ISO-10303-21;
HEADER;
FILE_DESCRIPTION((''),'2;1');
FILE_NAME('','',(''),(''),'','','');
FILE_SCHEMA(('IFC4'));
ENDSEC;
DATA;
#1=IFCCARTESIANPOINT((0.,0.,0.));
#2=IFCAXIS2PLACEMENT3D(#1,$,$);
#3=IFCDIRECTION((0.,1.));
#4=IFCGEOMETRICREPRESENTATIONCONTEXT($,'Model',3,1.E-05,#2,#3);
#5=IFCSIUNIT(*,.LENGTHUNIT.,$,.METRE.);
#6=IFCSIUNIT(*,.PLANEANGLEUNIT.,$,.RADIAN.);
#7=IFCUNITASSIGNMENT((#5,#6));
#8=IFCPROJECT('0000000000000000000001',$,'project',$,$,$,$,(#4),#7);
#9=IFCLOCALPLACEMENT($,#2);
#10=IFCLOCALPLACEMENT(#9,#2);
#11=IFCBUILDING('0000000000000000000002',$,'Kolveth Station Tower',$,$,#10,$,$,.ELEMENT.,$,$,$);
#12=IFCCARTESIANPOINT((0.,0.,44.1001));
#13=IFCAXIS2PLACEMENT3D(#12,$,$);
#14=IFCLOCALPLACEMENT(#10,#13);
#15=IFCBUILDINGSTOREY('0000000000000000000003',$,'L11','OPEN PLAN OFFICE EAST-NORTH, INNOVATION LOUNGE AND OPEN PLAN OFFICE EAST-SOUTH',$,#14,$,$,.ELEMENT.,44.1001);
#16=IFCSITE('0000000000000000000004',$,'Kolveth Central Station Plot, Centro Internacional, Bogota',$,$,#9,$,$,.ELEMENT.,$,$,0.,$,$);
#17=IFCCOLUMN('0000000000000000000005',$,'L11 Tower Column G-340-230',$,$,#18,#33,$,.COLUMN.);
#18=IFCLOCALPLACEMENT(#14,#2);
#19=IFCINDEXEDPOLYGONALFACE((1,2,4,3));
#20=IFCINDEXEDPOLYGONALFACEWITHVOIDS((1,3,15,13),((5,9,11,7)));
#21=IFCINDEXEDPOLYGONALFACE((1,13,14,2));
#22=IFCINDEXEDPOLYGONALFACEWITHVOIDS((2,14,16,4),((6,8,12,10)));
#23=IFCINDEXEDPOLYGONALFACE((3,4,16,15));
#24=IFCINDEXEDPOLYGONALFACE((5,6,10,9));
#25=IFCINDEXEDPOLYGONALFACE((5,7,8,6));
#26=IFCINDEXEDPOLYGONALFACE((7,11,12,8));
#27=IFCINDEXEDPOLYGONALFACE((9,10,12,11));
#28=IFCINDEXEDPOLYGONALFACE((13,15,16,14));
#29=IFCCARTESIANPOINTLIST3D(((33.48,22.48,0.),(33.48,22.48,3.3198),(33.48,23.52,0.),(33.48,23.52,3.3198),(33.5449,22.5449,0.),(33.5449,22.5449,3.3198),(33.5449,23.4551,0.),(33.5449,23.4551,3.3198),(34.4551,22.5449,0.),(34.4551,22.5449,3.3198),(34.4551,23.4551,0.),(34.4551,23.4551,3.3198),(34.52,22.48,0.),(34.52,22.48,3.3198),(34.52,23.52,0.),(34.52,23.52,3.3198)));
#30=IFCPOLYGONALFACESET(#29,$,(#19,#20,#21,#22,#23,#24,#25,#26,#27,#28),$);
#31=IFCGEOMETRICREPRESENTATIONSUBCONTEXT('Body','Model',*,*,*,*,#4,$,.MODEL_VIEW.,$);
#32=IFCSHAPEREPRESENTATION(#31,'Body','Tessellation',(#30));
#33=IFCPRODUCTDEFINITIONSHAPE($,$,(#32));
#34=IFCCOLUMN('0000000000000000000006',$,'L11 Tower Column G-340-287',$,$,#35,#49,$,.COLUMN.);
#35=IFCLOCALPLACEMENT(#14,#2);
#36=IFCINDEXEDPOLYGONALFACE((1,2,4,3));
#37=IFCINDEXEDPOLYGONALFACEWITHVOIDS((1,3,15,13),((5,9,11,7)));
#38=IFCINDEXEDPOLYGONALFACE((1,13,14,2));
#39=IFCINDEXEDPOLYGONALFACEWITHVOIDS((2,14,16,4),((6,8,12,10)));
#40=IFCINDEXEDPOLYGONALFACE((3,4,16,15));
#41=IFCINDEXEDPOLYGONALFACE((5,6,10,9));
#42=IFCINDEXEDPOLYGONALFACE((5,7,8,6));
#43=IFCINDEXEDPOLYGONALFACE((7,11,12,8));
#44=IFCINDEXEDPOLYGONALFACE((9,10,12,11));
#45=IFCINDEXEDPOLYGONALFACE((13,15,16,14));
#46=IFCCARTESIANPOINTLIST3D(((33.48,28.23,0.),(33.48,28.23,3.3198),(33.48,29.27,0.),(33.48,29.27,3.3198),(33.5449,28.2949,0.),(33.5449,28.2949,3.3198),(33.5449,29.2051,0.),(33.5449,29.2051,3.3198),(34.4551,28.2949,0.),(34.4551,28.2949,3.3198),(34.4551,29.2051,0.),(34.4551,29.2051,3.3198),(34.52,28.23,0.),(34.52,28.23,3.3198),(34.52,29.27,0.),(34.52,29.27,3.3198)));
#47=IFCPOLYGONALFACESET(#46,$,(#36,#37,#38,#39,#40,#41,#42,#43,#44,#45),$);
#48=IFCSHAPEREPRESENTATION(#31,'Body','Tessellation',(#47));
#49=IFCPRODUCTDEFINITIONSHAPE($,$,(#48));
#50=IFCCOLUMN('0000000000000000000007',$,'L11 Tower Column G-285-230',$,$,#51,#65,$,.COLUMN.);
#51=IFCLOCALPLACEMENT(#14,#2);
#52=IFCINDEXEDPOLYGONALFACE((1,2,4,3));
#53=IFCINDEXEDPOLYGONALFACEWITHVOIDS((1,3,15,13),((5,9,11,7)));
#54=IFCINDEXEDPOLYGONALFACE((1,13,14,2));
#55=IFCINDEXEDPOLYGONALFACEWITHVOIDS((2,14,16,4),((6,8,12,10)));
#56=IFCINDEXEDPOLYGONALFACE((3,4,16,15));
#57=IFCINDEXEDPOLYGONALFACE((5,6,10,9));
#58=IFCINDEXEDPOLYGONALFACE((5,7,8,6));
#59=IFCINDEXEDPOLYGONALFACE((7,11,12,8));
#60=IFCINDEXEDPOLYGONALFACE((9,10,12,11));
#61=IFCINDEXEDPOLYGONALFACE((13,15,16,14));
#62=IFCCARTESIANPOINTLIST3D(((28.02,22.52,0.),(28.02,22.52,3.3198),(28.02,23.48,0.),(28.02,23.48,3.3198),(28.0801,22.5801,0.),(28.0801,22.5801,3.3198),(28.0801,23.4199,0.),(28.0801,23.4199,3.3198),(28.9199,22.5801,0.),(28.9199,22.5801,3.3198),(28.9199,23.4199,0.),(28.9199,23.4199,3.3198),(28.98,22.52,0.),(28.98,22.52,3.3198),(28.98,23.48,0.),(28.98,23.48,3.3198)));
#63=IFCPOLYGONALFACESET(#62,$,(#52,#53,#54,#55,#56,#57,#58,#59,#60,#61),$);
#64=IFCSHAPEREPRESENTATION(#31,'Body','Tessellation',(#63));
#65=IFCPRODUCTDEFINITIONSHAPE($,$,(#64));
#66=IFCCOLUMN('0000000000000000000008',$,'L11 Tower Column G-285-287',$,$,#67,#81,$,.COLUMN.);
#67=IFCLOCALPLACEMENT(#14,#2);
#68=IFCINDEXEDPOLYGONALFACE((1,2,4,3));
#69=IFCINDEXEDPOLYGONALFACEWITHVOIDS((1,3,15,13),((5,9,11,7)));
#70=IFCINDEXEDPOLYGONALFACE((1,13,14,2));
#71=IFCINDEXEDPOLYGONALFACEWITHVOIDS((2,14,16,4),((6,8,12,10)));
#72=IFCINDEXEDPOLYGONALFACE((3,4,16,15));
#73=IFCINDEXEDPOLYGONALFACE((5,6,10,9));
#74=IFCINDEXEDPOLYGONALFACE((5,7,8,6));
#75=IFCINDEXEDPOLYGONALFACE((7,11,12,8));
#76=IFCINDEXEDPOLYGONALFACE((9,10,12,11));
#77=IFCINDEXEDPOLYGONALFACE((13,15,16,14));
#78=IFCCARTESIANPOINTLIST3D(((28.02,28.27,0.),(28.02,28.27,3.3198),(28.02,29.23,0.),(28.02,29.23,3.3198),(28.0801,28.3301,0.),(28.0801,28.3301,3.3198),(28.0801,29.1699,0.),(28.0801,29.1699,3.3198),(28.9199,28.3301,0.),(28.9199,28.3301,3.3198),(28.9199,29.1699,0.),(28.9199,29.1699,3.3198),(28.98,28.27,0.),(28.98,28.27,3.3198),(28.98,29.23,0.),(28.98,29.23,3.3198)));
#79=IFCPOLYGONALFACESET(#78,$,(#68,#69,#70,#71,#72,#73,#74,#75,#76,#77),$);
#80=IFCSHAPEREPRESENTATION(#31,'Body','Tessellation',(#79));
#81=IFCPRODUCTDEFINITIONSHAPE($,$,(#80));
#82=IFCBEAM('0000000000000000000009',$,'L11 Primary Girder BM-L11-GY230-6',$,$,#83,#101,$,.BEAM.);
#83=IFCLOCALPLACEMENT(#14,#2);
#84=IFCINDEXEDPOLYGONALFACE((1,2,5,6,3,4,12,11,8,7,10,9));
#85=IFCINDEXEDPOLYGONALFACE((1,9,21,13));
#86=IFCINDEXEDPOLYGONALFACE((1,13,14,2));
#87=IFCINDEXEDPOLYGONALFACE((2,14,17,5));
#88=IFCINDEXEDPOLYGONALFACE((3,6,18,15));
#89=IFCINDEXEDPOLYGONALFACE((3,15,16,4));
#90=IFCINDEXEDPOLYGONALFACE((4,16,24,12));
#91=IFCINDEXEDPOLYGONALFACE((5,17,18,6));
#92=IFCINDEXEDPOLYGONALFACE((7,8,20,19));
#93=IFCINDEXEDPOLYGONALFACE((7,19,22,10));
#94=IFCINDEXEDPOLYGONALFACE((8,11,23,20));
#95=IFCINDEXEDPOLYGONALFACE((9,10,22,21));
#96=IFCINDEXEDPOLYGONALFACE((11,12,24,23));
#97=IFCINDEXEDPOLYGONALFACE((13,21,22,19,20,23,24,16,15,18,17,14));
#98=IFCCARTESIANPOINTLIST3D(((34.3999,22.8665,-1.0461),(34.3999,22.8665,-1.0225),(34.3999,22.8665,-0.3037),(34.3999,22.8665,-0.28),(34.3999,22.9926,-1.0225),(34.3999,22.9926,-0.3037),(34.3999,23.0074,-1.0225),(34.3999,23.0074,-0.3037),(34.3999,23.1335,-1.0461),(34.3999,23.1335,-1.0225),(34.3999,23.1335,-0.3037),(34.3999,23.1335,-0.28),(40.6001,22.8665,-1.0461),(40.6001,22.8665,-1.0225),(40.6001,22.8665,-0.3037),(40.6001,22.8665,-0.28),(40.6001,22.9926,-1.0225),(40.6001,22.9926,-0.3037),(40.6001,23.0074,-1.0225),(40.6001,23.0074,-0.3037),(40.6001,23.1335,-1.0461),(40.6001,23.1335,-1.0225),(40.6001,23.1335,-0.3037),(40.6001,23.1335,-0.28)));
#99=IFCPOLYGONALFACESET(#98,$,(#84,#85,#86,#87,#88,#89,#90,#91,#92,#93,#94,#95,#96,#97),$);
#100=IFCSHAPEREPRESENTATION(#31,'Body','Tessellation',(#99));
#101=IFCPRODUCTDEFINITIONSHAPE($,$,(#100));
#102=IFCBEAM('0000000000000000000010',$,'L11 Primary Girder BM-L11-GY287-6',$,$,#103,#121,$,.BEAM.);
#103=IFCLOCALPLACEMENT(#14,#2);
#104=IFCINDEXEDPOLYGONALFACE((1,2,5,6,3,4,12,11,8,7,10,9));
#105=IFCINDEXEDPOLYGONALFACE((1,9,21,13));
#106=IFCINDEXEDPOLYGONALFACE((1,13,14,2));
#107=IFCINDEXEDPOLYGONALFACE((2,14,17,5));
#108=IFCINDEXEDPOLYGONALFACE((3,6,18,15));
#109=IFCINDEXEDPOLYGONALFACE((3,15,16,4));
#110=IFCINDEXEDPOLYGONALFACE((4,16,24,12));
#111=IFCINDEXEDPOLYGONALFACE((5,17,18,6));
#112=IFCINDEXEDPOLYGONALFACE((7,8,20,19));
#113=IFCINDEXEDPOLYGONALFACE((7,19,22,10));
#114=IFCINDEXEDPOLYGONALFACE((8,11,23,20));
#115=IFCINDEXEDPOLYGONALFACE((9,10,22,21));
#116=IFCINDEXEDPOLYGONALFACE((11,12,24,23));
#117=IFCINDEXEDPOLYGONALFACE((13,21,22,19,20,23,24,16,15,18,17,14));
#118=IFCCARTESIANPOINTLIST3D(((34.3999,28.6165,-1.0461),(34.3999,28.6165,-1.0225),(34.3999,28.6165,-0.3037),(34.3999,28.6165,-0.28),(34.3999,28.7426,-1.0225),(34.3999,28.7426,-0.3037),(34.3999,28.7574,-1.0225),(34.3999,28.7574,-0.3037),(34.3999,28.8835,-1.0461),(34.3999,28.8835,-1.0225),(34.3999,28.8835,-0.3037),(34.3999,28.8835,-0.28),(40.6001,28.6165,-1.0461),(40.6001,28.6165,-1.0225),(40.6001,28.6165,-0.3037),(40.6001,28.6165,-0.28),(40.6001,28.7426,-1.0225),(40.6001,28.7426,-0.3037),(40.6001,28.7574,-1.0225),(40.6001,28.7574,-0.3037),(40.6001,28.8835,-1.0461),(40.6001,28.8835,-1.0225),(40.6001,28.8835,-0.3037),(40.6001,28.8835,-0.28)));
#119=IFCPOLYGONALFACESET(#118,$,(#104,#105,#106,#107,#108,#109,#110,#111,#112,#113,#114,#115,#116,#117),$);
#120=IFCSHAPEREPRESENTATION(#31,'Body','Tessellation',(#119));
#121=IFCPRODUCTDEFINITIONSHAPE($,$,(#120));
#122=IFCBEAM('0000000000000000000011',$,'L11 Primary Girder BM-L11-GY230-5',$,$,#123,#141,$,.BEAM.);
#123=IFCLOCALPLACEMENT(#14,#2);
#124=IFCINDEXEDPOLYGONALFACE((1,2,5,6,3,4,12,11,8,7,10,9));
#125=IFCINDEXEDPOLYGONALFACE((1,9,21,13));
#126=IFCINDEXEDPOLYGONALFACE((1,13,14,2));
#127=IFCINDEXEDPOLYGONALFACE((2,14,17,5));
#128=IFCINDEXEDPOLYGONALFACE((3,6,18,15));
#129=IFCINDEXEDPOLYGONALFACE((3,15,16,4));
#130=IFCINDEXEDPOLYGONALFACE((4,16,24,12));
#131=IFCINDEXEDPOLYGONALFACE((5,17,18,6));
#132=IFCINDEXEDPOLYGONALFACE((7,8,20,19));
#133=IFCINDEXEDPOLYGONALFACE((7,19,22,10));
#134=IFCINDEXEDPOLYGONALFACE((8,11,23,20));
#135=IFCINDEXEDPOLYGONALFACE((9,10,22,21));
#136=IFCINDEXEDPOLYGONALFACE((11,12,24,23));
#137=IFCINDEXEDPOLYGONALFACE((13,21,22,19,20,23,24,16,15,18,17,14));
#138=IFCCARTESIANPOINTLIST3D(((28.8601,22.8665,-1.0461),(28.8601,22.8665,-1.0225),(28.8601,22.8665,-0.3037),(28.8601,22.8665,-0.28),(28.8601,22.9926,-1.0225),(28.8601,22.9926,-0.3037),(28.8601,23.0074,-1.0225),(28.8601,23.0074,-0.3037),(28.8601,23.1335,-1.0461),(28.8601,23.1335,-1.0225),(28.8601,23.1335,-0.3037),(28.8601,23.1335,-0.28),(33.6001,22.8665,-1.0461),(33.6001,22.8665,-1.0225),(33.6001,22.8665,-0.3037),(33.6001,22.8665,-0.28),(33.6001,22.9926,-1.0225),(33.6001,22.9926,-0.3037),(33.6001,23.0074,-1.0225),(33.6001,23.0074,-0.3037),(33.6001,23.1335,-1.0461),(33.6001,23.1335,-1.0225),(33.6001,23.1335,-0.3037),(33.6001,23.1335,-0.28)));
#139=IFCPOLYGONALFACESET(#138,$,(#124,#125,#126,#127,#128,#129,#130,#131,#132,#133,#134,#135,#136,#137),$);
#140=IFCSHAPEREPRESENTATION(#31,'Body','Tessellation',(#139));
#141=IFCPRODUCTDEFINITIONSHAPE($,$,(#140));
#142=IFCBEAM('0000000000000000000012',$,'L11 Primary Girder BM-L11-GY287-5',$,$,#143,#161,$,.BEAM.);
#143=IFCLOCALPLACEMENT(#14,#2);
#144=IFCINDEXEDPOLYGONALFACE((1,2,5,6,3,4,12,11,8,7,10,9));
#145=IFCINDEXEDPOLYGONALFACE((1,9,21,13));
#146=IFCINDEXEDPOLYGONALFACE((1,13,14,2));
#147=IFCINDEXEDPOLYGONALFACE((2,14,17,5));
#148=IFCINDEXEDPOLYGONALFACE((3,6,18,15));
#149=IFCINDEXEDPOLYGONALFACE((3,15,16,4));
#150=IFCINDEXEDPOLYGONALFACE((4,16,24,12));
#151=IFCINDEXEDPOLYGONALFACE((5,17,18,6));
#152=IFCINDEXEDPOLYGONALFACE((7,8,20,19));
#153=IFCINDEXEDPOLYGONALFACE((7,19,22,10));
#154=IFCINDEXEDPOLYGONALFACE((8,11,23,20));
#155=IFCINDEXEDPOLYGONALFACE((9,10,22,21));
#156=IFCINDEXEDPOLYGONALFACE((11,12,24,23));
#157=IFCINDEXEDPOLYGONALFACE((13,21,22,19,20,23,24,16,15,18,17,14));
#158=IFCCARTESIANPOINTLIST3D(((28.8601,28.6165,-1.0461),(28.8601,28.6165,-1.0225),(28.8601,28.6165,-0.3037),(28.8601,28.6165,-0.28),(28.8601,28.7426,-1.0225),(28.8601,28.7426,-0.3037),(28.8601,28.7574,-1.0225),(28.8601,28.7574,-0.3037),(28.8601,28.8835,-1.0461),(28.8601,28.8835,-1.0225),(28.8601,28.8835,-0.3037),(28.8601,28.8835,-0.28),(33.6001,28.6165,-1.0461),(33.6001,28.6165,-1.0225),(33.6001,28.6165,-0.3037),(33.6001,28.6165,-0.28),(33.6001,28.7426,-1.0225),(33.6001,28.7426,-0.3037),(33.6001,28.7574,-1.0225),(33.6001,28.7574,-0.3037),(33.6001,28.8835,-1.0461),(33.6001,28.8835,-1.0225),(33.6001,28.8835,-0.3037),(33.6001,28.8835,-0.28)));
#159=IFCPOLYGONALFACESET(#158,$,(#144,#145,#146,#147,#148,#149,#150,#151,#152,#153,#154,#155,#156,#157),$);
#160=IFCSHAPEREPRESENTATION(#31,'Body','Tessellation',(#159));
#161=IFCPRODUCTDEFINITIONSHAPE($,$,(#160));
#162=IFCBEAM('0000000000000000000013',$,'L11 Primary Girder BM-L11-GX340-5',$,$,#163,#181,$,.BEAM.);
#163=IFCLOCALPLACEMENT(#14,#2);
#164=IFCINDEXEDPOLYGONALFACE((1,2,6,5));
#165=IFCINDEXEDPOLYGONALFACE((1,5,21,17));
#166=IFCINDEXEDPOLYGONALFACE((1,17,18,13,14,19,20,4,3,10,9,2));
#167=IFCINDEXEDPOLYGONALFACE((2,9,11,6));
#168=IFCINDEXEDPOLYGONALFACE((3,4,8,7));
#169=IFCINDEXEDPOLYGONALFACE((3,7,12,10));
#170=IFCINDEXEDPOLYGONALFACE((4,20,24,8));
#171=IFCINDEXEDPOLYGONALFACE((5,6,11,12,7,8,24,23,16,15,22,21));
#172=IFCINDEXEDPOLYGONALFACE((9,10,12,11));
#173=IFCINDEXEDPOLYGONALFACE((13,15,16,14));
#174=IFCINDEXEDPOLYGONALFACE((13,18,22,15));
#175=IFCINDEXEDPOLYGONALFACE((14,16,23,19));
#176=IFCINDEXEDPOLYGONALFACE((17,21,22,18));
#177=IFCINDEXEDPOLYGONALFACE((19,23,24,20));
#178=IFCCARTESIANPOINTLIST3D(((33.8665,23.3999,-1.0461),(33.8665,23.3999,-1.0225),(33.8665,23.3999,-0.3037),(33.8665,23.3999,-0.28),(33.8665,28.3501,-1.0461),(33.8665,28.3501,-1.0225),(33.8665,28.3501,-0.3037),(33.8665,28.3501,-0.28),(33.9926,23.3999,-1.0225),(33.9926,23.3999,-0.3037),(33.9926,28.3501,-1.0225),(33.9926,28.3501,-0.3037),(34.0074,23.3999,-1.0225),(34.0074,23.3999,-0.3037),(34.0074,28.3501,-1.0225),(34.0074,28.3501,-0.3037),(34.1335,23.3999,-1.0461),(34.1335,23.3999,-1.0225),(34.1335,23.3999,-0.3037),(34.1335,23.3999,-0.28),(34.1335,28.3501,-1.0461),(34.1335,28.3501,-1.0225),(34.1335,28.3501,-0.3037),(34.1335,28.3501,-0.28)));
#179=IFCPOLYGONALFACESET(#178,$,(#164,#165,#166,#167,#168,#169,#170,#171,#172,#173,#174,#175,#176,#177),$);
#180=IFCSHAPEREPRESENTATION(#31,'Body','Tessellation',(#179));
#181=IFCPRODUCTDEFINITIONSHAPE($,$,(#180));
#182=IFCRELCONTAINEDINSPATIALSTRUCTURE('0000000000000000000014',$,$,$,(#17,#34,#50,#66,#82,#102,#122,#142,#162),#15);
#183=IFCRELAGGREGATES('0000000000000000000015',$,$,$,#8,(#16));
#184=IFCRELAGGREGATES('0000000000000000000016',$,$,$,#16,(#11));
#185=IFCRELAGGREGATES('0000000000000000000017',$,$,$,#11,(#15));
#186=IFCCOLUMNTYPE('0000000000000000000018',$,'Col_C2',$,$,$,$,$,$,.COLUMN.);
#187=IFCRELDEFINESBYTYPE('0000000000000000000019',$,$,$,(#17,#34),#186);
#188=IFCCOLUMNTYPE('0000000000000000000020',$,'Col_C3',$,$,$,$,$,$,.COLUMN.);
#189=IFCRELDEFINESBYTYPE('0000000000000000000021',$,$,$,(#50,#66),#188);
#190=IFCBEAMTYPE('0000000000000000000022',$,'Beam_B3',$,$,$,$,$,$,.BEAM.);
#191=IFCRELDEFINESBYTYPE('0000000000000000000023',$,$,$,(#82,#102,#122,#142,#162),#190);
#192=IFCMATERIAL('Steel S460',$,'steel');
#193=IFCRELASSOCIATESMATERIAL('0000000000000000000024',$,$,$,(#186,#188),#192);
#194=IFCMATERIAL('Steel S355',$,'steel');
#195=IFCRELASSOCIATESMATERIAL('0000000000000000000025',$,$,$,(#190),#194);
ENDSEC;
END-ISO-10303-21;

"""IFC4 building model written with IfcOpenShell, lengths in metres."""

from ifc_helpers import new_model, si_unit, direction, frame, origin, origin_2d, place, context, subcontext, project, spatial, hollow_rectangle, i_section, extrude, source, transform, mapped, material, material_profile, profile_set, type_object, element, save


model = new_model("IFC4")

# Units and contexts
model_context = context("Model", 3, precision=1e-05, world=origin(), true_north=direction((0.0, 1.0)))
body_context = subcontext(model_context, "Body", "Model", "MODEL_VIEW")
ifc_project = project(units=[si_unit("LENGTHUNIT", "METRE"), si_unit("PLANEANGLEUNIT", "RADIAN")], contexts=[model_context])

# Site, building, storey
site_placement = place(None, origin())
site = spatial("IfcSite", under=ifc_project, at=site_placement, Name="Kolveth Central Station Plot, Centro Internacional, Bogota", CompositionType="ELEMENT", RefElevation=0.0)
building_placement = place(site_placement, origin())
building = spatial("IfcBuilding", under=site, at=building_placement, Name="Kolveth Station Tower", CompositionType="ELEMENT")
storey_placement = place(building_placement, frame((0.0, 0.0, 44.1001)))
storey = spatial("IfcBuildingStorey", under=building, at=storey_placement, Name="L11", Description="OPEN PLAN OFFICE EAST-NORTH, INNOVATION LOUNGE AND OPEN PLAN OFFICE EAST-SOUTH", CompositionType="ELEMENT", Elevation=44.1001)

# Columns
ifc_material_1 = material(Name="Steel S460", Category="steel")
ifc_material_profile_1 = material_profile(ifc_material_1, hollow_rectangle(XDim=1.04, YDim=1.04, WallThickness=0.0649, at=origin_2d()), Name="BOX1040x1040x65")
ifc_profile_set_1 = profile_set([ifc_material_profile_1], Name="Steel S460")
column_type_1 = type_object("IfcColumnType", Name="Col_C2", PredefinedType="COLUMN", material=ifc_profile_set_1)
shared_shape_1 = source(origin(), body_context, "Body", "SweptSolid", [
    extrude(hollow_rectangle(XDim=1.04, YDim=1.04, WallThickness=0.0649, at=origin_2d()), origin(), (0.0, 0.0, 1.0), 3.3198),
])
for number, where, z_axis, x_axis, name in (
    (1, (34.0, 23.0, 0.0), (0.0, 0.0, 1.0), (1.0, 0.0, 0.0), "L11 Tower Column G-340-230"),
    (2, (34.0, 28.75, 0.0), (0.0, 0.0, 1.0), (1.0, 0.0, 0.0), "L11 Tower Column G-340-287"),
):
    element("IfcColumn", number, at=place(storey_placement, frame(where, z_axis=z_axis, x_axis=x_axis)), inside=storey, type_object=column_type_1, Name=name, PredefinedType="COLUMN", context=body_context, shape_type="MappedRepresentation", body=[
        mapped(shared_shape_1, transform((0.0, 0.0, 0.0), x_axis=(1.0, 0.0, 0.0), y_axis=(0.0, 1.0, 0.0), z_axis=(0.0, 0.0, 1.0), scale=1.0)),
    ])
ifc_material_profile_2 = material_profile(ifc_material_1, hollow_rectangle(XDim=0.96, YDim=0.96, WallThickness=0.0601, at=origin_2d()), Name="BOX960x960x60")
ifc_profile_set_2 = profile_set([ifc_material_profile_2], Name="Steel S460")
column_type_2 = type_object("IfcColumnType", Name="Col_C3", PredefinedType="COLUMN", material=ifc_profile_set_2)
shared_shape_2 = source(origin(), body_context, "Body", "SweptSolid", [
    extrude(hollow_rectangle(XDim=0.96, YDim=0.96, WallThickness=0.0601, at=origin_2d()), origin(), (0.0, 0.0, 1.0), 3.3198),
])
for number, where, z_axis, x_axis, name in (
    (3, (28.5, 23.0, 0.0), (0.0, 0.0, 1.0), (1.0, 0.0, 0.0), "L11 Tower Column G-285-230"),
    (4, (28.5, 28.75, 0.0), (0.0, 0.0, 1.0), (1.0, 0.0, 0.0), "L11 Tower Column G-285-287"),
):
    element("IfcColumn", number, at=place(storey_placement, frame(where, z_axis=z_axis, x_axis=x_axis)), inside=storey, type_object=column_type_2, Name=name, PredefinedType="COLUMN", context=body_context, shape_type="MappedRepresentation", body=[
        mapped(shared_shape_2, transform((0.0, 0.0, 0.0), x_axis=(1.0, 0.0, 0.0), y_axis=(0.0, 1.0, 0.0), z_axis=(0.0, 0.0, 1.0), scale=1.0)),
    ])

# Beams
ifc_material_2 = material(Name="Steel S355", Category="steel")
ifc_material_profile_3 = material_profile(ifc_material_2, i_section(OverallWidth=0.2671, OverallDepth=0.7661, WebThickness=0.0149, FlangeThickness=0.0237, at=origin_2d()), Name="W760x185")
ifc_profile_set_3 = profile_set([ifc_material_profile_3], Name="Steel S355")
beam_type_1 = type_object("IfcBeamType", Name="Beam_B3", PredefinedType="BEAM", material=ifc_profile_set_3)
shared_shape_3 = source(origin(), body_context, "Body", "SweptSolid", [
    extrude(i_section(OverallWidth=0.2671, OverallDepth=0.7661, WebThickness=0.0149, FlangeThickness=0.0237, at=origin_2d()), origin(), (0.0, 0.0, 1.0), 6.2002),
])
for number, where, z_axis, x_axis, name in (
    (5, (34.3999, 23.0, -0.6631), (1.0, 0.0, 0.0), (0.0, 1.0, 0.0), "L11 Primary Girder BM-L11-GY230-6"),
    (6, (34.3999, 28.75, -0.6631), (1.0, 0.0, 0.0), (0.0, 1.0, 0.0), "L11 Primary Girder BM-L11-GY287-6"),
):
    element("IfcBeam", number, at=place(storey_placement, frame(where, z_axis=z_axis, x_axis=x_axis)), inside=storey, type_object=beam_type_1, Name=name, PredefinedType="BEAM", context=body_context, shape_type="MappedRepresentation", body=[
        mapped(shared_shape_3, transform((0.0, 0.0, 0.0), x_axis=(1.0, 0.0, 0.0), y_axis=(0.0, 1.0, 0.0), z_axis=(0.0, 0.0, 1.0), scale=1.0)),
    ])
shared_shape_4 = source(origin(), body_context, "Body", "SweptSolid", [
    extrude(i_section(OverallWidth=0.2671, OverallDepth=0.7661, WebThickness=0.0149, FlangeThickness=0.0237, at=origin_2d()), origin(), (0.0, 0.0, 1.0), 4.74),
])
for number, where, z_axis, x_axis, name in (
    (7, (28.8601, 23.0, -0.6631), (1.0, 0.0, 0.0), (0.0, 1.0, 0.0), "L11 Primary Girder BM-L11-GY230-5"),
    (8, (28.8601, 28.75, -0.6631), (1.0, 0.0, 0.0), (0.0, 1.0, 0.0), "L11 Primary Girder BM-L11-GY287-5"),
):
    element("IfcBeam", number, at=place(storey_placement, frame(where, z_axis=z_axis, x_axis=x_axis)), inside=storey, type_object=beam_type_1, Name=name, PredefinedType="BEAM", context=body_context, shape_type="MappedRepresentation", body=[
        mapped(shared_shape_4, transform((0.0, 0.0, 0.0), x_axis=(1.0, 0.0, 0.0), y_axis=(0.0, 1.0, 0.0), z_axis=(0.0, 0.0, 1.0), scale=1.0)),
    ])
shared_shape_5 = source(origin(), body_context, "Body", "SweptSolid", [
    extrude(i_section(OverallWidth=0.2671, OverallDepth=0.7661, WebThickness=0.0149, FlangeThickness=0.0237, at=origin_2d()), origin(), (0.0, 0.0, 1.0), 4.9502),
])
beam_1_placement = place(storey_placement, frame((34.0, 23.3999, -0.6631), z_axis=(0.0, 1.0, 0.0), x_axis=(-1.0, 0.0, 0.0)))
element("IfcBeam", 9, at=beam_1_placement, inside=storey, type_object=beam_type_1, Name="L11 Primary Girder BM-L11-GX340-5", PredefinedType="BEAM", context=body_context, shape_type="MappedRepresentation", body=[
    mapped(shared_shape_5, transform((0.0, 0.0, 0.0), x_axis=(1.0, 0.0, 0.0), y_axis=(0.0, 1.0, 0.0), z_axis=(0.0, 0.0, 1.0), scale=1.0)),
])

save(model, "model.ifc")
